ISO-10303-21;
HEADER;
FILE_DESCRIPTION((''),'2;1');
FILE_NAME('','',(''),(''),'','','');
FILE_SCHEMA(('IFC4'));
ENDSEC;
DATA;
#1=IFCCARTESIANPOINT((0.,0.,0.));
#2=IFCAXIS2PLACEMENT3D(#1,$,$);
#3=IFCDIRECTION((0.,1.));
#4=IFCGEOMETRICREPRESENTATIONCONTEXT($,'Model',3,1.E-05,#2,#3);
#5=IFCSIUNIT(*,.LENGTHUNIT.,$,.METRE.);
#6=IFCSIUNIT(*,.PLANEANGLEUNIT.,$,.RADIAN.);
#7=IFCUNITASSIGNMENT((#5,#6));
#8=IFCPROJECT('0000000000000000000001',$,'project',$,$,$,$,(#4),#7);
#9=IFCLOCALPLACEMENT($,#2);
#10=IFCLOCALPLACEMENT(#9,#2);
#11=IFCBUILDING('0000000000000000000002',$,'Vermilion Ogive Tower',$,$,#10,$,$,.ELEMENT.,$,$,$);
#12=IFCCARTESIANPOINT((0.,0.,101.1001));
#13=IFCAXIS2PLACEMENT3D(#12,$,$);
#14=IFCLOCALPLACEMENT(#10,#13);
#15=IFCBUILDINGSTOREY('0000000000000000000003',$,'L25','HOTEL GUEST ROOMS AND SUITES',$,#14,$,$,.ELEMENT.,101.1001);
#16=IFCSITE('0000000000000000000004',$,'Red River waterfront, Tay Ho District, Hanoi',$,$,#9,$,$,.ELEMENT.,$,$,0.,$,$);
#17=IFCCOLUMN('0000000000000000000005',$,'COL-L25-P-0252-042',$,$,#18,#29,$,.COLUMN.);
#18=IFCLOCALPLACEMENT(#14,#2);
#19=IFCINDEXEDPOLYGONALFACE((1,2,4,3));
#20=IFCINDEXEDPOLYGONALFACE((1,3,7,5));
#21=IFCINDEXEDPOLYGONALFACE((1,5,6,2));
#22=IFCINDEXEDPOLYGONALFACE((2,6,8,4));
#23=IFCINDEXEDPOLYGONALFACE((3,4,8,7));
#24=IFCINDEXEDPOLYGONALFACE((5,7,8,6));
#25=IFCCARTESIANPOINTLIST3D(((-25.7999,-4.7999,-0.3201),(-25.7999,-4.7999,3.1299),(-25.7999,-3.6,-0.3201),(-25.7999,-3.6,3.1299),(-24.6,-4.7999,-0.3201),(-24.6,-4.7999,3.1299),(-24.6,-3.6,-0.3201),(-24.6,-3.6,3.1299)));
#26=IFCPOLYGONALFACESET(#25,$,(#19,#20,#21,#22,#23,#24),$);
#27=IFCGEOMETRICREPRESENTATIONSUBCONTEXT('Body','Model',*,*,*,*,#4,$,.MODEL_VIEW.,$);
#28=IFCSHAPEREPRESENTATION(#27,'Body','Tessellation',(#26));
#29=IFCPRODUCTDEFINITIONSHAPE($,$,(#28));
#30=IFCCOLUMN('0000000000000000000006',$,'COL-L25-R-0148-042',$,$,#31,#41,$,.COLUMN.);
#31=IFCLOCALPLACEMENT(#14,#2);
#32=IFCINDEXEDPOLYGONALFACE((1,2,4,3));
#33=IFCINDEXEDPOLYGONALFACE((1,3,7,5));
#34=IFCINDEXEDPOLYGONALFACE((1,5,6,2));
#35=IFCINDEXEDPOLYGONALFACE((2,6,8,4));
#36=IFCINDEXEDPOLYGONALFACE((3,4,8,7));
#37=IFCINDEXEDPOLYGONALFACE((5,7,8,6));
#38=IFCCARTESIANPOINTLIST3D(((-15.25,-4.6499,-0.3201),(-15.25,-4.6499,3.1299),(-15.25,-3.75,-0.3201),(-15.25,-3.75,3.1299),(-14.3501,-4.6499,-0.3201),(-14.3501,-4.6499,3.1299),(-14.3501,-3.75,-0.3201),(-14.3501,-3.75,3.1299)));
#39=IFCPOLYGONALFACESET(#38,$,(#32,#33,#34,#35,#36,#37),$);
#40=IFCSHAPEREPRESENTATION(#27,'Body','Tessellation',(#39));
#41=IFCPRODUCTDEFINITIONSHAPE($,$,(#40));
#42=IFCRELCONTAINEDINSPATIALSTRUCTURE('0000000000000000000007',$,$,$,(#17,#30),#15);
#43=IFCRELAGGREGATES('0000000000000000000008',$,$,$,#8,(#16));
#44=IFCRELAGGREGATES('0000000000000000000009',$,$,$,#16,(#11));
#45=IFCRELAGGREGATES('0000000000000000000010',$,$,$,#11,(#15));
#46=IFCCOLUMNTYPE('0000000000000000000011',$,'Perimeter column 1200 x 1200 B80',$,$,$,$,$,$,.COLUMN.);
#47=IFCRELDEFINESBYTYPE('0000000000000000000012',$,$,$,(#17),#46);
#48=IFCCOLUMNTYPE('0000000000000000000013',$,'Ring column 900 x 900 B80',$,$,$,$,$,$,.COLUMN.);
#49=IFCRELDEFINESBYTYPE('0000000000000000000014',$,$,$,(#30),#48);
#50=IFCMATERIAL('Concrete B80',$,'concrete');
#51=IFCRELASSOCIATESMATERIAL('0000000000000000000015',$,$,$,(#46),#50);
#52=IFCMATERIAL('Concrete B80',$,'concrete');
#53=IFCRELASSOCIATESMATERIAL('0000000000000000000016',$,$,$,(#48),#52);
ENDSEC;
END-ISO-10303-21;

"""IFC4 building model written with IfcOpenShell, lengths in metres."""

from ifc_helpers import new_model, si_unit, direction, frame, origin, origin_2d, place, context, subcontext, project, spatial, rectangle, extrude, material, material_profile, profile_set, type_object, element, save


model = new_model("IFC4")

# Units and contexts
model_context = context("Model", 3, precision=1e-05, world=origin(), true_north=direction((0.0, 1.0)))
body_context = subcontext(model_context, "Body", "Model", "MODEL_VIEW")
ifc_project = project(units=[si_unit("LENGTHUNIT", "METRE"), si_unit("PLANEANGLEUNIT", "RADIAN")], contexts=[model_context])

# Site, building, storey
site_placement = place(None, origin())
site = spatial("IfcSite", under=ifc_project, at=site_placement, Name="Red River waterfront, Tay Ho District, Hanoi", CompositionType="ELEMENT", RefElevation=0.0)
building_placement = place(site_placement, origin())
building = spatial("IfcBuilding", under=site, at=building_placement, Name="Vermilion Ogive Tower", CompositionType="ELEMENT")
storey_placement = place(building_placement, frame((0.0, 0.0, 101.1001)))
storey = spatial("IfcBuildingStorey", under=building, at=storey_placement, Name="L25", Description="HOTEL GUEST ROOMS AND SUITES", CompositionType="ELEMENT", Elevation=101.1001)

# Columns
ifc_material_1 = material(Name="Concrete B80", Category="concrete")
ifc_material_profile_1 = material_profile(ifc_material_1, rectangle(XDim=1.2, YDim=1.2, at=origin_2d()), Name="1200 x 1200")
ifc_profile_set_1 = profile_set([ifc_material_profile_1], Name="Concrete B80")
column_type_1 = type_object("IfcColumnType", Name="Perimeter column 1200 x 1200 B80", PredefinedType="COLUMN", material=ifc_profile_set_1)
column_1_placement = place(storey_placement, frame((-25.2, -4.2, -0.3201), z_axis=(0.0, 0.0, 1.0), x_axis=(1.0, 0.0, 0.0)))
element("IfcColumn", 1, at=column_1_placement, inside=storey, type_object=column_type_1, Name="COL-L25-P-0252-042", PredefinedType="COLUMN", context=body_context, shape_type="SweptSolid", body=[
    extrude(rectangle(XDim=1.2, YDim=1.2, at=origin_2d()), origin(), (0.0, 0.0, 1.0), 3.45),
])
ifc_material_2 = material(Name="Concrete B80", Category="concrete")
ifc_material_profile_2 = material_profile(ifc_material_2, rectangle(XDim=0.8999, YDim=0.8999, at=origin_2d()), Name="900 x 900")
ifc_profile_set_2 = profile_set([ifc_material_profile_2], Name="Concrete B80")
column_type_2 = type_object("IfcColumnType", Name="Ring column 900 x 900 B80", PredefinedType="COLUMN", material=ifc_profile_set_2)
column_2_placement = place(storey_placement, frame((-14.8, -4.2, -0.3201), z_axis=(0.0, 0.0, 1.0), x_axis=(1.0, 0.0, 0.0)))
element("IfcColumn", 2, at=column_2_placement, inside=storey, type_object=column_type_2, Name="COL-L25-R-0148-042", PredefinedType="COLUMN", context=body_context, shape_type="SweptSolid", body=[
    extrude(rectangle(XDim=0.8999, YDim=0.8999, at=origin_2d()), origin(), (0.0, 0.0, 1.0), 3.45),
])

save(model, "model.ifc")
